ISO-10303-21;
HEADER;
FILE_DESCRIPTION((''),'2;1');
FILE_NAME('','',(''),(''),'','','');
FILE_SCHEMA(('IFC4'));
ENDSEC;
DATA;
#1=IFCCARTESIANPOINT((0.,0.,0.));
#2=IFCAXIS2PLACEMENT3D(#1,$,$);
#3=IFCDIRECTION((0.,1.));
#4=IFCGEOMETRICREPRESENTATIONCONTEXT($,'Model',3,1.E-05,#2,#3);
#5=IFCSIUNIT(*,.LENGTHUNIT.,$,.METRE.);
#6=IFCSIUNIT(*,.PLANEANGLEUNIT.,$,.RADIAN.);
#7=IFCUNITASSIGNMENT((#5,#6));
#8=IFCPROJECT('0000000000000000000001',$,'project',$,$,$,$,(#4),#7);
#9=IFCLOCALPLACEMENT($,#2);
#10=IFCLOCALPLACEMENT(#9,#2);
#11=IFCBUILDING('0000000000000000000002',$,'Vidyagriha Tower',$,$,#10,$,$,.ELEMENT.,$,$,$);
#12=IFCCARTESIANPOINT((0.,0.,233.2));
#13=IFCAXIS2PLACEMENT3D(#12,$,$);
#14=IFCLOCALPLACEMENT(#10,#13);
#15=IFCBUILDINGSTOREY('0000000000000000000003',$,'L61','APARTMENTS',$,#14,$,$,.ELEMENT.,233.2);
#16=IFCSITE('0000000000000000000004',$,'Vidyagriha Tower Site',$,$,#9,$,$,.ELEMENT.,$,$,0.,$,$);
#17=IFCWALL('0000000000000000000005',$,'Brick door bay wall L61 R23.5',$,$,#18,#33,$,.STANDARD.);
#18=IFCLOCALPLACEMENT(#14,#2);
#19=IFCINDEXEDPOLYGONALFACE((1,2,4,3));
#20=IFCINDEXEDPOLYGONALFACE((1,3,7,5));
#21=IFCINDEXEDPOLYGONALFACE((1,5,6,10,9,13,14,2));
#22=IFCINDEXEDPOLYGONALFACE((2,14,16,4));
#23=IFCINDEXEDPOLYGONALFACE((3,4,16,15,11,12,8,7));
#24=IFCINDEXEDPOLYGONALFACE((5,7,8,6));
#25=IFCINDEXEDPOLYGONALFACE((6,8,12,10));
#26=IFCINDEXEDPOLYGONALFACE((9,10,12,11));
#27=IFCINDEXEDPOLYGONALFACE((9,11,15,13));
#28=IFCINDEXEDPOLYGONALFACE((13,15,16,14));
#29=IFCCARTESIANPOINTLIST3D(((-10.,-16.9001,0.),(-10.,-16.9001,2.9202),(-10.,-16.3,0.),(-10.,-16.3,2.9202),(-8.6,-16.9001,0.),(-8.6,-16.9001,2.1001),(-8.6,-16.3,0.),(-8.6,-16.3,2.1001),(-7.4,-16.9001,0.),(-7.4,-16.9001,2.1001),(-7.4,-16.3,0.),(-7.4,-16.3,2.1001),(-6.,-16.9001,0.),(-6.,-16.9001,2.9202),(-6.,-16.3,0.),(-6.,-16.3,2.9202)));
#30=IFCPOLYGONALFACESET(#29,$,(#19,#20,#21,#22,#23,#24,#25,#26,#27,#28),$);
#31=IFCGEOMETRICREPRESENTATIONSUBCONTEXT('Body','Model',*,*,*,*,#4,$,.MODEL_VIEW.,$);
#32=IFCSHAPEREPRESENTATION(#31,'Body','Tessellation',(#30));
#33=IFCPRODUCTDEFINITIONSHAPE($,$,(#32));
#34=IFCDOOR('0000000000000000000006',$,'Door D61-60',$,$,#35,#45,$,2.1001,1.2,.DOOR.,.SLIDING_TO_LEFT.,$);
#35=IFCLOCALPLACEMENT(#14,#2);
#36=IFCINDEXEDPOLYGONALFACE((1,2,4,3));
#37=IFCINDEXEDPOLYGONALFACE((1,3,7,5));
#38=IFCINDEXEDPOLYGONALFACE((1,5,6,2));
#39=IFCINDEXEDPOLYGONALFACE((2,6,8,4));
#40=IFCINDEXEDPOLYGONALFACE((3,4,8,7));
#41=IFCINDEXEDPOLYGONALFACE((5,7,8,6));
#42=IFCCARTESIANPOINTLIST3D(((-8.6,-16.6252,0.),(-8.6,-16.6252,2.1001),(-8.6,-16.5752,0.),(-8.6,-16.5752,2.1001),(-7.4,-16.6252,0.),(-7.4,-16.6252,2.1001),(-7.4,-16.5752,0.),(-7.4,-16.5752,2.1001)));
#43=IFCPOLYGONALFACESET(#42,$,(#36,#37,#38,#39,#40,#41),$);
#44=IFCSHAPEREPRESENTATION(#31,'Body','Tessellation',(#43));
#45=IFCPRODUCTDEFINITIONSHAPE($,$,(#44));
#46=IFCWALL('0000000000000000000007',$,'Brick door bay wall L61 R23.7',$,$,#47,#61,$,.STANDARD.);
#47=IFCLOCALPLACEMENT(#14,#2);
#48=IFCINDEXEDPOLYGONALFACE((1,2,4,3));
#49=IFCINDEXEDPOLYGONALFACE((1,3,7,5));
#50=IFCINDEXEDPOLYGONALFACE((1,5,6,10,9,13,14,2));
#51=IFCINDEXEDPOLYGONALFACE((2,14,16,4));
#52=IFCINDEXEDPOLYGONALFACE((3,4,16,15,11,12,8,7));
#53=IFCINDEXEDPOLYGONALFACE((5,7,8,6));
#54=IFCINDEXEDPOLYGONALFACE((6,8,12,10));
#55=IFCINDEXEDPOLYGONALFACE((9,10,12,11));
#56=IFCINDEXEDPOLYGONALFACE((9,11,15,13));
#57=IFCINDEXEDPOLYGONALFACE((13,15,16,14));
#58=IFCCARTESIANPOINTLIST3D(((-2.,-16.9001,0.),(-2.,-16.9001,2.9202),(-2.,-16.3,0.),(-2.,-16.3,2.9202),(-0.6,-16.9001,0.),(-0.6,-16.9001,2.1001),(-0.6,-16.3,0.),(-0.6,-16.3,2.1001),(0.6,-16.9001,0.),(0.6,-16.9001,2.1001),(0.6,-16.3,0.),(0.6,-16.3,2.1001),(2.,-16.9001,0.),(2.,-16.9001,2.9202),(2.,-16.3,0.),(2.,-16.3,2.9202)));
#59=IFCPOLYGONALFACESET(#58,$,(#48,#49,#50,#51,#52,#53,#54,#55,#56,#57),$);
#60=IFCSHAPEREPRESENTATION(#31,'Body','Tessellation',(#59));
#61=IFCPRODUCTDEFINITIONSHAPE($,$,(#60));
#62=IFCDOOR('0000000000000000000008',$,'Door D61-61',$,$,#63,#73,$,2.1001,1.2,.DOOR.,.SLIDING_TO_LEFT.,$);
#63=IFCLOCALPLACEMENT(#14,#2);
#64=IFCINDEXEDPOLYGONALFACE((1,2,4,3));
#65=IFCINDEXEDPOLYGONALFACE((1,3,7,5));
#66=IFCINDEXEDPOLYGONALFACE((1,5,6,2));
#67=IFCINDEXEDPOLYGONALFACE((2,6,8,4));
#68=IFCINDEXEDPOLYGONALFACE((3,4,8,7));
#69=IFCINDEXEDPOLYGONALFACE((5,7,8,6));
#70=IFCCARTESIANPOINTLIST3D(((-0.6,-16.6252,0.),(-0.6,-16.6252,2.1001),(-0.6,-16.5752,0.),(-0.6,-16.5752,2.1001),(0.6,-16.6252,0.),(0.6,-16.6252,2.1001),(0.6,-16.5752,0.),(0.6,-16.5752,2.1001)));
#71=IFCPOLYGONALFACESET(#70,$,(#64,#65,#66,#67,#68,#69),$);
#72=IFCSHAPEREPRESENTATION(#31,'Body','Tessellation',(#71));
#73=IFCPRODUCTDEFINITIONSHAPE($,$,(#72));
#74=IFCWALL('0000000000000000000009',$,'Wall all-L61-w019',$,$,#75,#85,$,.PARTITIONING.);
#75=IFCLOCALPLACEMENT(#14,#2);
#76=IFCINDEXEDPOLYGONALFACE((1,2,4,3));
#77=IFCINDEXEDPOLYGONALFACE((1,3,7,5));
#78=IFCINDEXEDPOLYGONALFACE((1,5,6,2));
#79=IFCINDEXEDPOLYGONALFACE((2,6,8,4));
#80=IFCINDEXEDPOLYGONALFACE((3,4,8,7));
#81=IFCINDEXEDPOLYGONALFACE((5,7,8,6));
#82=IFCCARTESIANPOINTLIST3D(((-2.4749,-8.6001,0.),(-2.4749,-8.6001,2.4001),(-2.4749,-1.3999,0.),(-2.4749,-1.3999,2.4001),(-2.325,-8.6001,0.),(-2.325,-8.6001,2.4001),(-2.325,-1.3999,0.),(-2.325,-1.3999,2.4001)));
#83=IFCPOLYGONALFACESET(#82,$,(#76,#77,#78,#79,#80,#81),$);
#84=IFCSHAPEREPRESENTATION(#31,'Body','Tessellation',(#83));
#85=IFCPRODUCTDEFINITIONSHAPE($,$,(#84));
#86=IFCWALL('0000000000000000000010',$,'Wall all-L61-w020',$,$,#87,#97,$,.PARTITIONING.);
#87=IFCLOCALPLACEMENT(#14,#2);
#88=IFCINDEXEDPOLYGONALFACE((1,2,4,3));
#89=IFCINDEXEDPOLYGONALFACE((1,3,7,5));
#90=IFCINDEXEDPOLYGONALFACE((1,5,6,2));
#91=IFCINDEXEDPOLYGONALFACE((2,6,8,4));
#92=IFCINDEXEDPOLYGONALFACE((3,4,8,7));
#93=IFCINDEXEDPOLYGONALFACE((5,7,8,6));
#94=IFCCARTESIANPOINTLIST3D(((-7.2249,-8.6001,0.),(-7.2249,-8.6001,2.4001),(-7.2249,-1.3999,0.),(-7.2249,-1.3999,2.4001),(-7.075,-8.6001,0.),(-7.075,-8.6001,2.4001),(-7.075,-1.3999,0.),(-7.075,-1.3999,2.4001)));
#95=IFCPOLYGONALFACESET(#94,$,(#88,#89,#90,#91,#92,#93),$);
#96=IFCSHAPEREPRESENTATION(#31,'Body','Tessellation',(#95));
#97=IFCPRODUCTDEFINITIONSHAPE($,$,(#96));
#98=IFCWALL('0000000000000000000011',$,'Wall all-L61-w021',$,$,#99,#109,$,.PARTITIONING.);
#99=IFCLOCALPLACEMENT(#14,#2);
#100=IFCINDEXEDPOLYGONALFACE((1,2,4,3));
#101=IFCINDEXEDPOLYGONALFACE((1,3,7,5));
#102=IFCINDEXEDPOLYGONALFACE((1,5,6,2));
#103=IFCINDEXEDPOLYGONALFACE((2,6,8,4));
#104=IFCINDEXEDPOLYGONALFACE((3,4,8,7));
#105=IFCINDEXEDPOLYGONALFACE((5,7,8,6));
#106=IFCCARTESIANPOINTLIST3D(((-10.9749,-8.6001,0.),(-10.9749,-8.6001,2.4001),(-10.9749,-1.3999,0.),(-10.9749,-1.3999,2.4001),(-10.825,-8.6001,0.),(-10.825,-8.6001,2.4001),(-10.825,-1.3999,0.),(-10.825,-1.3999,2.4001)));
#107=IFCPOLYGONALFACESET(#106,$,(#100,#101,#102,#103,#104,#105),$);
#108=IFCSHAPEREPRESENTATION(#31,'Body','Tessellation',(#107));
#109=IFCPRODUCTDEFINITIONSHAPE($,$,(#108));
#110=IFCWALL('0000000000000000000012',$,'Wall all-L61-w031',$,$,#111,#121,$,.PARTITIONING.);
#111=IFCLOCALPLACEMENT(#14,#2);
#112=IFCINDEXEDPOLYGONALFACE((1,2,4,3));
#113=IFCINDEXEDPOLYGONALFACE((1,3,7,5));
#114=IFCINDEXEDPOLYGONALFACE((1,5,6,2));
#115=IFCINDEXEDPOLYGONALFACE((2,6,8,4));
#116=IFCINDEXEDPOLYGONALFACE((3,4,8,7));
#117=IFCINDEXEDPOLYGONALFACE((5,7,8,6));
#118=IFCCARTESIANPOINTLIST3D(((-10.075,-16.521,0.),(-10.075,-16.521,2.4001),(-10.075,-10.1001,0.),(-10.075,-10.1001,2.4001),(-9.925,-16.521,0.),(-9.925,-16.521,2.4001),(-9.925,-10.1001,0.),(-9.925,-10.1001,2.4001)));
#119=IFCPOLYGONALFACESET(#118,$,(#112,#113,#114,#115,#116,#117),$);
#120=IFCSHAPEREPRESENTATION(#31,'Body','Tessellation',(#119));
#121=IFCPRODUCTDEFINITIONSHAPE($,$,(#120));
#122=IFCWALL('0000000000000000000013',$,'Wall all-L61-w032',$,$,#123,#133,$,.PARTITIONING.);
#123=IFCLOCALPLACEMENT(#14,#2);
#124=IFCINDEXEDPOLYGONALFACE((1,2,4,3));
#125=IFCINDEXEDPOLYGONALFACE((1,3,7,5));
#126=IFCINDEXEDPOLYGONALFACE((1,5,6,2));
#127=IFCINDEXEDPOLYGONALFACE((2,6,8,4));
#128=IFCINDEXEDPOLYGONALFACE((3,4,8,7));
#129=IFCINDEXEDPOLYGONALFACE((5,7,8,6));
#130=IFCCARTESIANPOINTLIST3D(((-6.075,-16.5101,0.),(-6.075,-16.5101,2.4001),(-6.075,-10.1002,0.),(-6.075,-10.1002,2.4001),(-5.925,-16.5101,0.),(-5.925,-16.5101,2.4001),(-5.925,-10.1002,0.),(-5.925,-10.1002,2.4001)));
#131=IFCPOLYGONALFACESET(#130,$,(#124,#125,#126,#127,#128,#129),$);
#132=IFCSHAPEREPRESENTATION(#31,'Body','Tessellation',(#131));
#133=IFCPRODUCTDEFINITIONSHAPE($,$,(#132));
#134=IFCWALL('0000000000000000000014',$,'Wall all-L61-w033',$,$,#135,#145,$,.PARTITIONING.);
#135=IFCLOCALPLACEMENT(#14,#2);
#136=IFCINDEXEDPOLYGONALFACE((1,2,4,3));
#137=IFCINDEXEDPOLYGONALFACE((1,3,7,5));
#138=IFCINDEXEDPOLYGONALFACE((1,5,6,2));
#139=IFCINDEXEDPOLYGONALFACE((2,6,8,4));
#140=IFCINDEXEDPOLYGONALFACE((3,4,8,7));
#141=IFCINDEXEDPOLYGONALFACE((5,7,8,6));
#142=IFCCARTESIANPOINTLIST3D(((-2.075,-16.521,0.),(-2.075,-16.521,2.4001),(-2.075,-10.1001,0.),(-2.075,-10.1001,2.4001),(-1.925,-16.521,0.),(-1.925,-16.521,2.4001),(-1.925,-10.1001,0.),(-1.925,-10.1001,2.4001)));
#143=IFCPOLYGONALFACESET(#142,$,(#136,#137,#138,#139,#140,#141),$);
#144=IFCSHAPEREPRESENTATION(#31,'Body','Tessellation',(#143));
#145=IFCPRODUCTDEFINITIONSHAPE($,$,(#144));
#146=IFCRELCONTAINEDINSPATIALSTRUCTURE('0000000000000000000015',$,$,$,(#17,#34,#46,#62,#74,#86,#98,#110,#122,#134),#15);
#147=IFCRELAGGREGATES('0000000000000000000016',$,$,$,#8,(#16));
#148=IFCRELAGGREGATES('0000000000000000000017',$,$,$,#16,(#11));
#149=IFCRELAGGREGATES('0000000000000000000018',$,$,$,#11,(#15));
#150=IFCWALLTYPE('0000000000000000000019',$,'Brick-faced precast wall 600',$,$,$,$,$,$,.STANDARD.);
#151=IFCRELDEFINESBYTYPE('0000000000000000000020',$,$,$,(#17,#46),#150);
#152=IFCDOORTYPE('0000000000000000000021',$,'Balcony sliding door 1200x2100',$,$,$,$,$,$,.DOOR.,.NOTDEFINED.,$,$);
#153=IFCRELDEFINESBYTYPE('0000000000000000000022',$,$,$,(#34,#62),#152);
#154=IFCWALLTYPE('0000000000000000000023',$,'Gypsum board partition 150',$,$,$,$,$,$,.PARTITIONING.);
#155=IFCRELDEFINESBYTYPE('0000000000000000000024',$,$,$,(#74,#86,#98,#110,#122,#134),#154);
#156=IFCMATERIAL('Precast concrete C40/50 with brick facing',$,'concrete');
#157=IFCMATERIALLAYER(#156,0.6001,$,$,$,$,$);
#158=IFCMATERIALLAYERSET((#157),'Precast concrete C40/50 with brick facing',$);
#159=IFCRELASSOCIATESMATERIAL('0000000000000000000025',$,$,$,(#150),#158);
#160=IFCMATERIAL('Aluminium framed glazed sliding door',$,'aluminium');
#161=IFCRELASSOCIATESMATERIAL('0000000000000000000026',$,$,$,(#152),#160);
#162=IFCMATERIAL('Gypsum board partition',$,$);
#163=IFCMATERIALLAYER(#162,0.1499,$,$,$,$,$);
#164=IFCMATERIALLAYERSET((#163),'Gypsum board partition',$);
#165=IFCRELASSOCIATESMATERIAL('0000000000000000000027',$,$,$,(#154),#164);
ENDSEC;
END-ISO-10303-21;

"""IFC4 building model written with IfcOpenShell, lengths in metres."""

from ifc_helpers import new_model, si_unit, direction, frame, frame_2d, origin, place, context, subcontext, project, spatial, rectangle, extrude, material, layer, layer_set, type_object, element, fill, save


model = new_model("IFC4")

# Units and contexts
model_context = context("Model", 3, precision=1e-05, world=origin(), true_north=direction((0.0, 1.0)))
body_context = subcontext(model_context, "Body", "Model", "MODEL_VIEW")
ifc_project = project(units=[si_unit("LENGTHUNIT", "METRE"), si_unit("PLANEANGLEUNIT", "RADIAN")], contexts=[model_context])

# Site, building, storey
site_placement = place(None, origin())
site = spatial("IfcSite", under=ifc_project, at=site_placement, Name="Vidyagriha Tower Site", CompositionType="ELEMENT", RefElevation=0.0)
building_placement = place(site_placement, origin())
building = spatial("IfcBuilding", under=site, at=building_placement, Name="Vidyagriha Tower", CompositionType="ELEMENT")
storey_placement = place(building_placement, frame((0.0, 0.0, 233.2)))
storey = spatial("IfcBuildingStorey", under=building, at=storey_placement, Name="L61", Description="APARTMENTS", CompositionType="ELEMENT", Elevation=233.2)

# Walls, openings, doors
ifc_material_1 = material(Name="Precast concrete C40/50 with brick facing", Category="concrete")
ifc_layer_1 = layer(ifc_material_1, 0.6001)
ifc_layer_set_1 = layer_set([ifc_layer_1], Name="Precast concrete C40/50 with brick facing")
wall_type_1 = type_object("IfcWallType", Name="Brick-faced precast wall 600", PredefinedType="STANDARD", material=ifc_layer_set_1)
wall_1_placement = place(storey_placement, frame((-10.0, -16.6001, 0.0)))
wall_1 = element("IfcWall", 1, at=wall_1_placement, inside=storey, type_object=wall_type_1, Name="Brick door bay wall L61 R23.5", PredefinedType="STANDARD", context=body_context, shape_type="SweptSolid", body=[
    extrude(rectangle(XDim=4.0, YDim=0.6001, at=frame_2d((2.0, 0.0))), origin(), (0.0, 0.0, 1.0), 2.9202),
])
opening_1_placement = place(wall_1_placement, frame((1.3999, 0.0, 0.0)))
opening_1 = element("IfcOpeningElement", 2, at=opening_1_placement, cuts=wall_1, PredefinedType="OPENING", context=body_context, shape_type="SweptSolid", body=[
    extrude(rectangle(XDim=1.2, YDim=2.1001, at=frame_2d((0.6001, 1.05))), frame((0.0, 0.3101, 0.0), z_axis=(0.0, -1.0, 0.0), x_axis=(1.0, 0.0, 0.0)), (0.0, 0.0, 1.0), 0.6201),
])
ifc_material_2 = material(Name="Aluminium framed glazed sliding door", Category="aluminium")
door_type = type_object("IfcDoorType", Name="Balcony sliding door 1200x2100", OperationType="NOTDEFINED", PredefinedType="DOOR", material=ifc_material_2)
door_1_placement = place(opening_1_placement, origin())
door_1 = element("IfcDoor", 3, at=door_1_placement, inside=storey, type_object=door_type, Name="Door D61-60", OperationType="SLIDING_TO_LEFT", OverallHeight=2.1001, OverallWidth=1.2, PredefinedType="DOOR", context=body_context, shape_type="SweptSolid", body=[
    extrude(rectangle(XDim=1.2, YDim=2.1001, at=frame_2d((0.6001, 1.05))), frame((0.0, 0.0249, 0.0), z_axis=(0.0, -1.0, 0.0), x_axis=(1.0, 0.0, 0.0)), (0.0, 0.0, 1.0), 0.05),
])
fill(opening_1, door_1)
wall_2_placement = place(storey_placement, frame((-2.0, -16.6001, 0.0)))
wall_2 = element("IfcWall", 4, at=wall_2_placement, inside=storey, type_object=wall_type_1, Name="Brick door bay wall L61 R23.7", PredefinedType="STANDARD", context=body_context, shape_type="SweptSolid", body=[
    extrude(rectangle(XDim=4.0, YDim=0.6001, at=frame_2d((2.0, 0.0))), origin(), (0.0, 0.0, 1.0), 2.9202),
])
opening_2_placement = place(wall_2_placement, frame((1.3999, 0.0, 0.0)))
opening_2 = element("IfcOpeningElement", 5, at=opening_2_placement, cuts=wall_2, PredefinedType="OPENING", context=body_context, shape_type="SweptSolid", body=[
    extrude(rectangle(XDim=1.2, YDim=2.1001, at=frame_2d((0.6001, 1.05))), frame((0.0, 0.3101, 0.0), z_axis=(0.0, -1.0, 0.0), x_axis=(1.0, 0.0, 0.0)), (0.0, 0.0, 1.0), 0.6201),
])
door_2_placement = place(opening_2_placement, origin())
door_2 = element("IfcDoor", 6, at=door_2_placement, inside=storey, type_object=door_type, Name="Door D61-61", OperationType="SLIDING_TO_LEFT", OverallHeight=2.1001, OverallWidth=1.2, PredefinedType="DOOR", context=body_context, shape_type="SweptSolid", body=[
    extrude(rectangle(XDim=1.2, YDim=2.1001, at=frame_2d((0.6001, 1.05))), frame((0.0, 0.0249, 0.0), z_axis=(0.0, -1.0, 0.0), x_axis=(1.0, 0.0, 0.0)), (0.0, 0.0, 1.0), 0.05),
])
fill(opening_2, door_2)

# Walls
ifc_material_3 = material(Name="Gypsum board partition")
ifc_layer_2 = layer(ifc_material_3, 0.1499)
ifc_layer_set_2 = layer_set([ifc_layer_2], Name="Gypsum board partition")
wall_type_2 = type_object("IfcWallType", Name="Gypsum board partition 150", PredefinedType="PARTITIONING", material=ifc_layer_set_2)
for number, where, z_axis, x_axis, name in (
    (7, (-2.3999, -8.6001, 0.0), (0.0, 0.0, 1.0), (0.0, 1.0, 0.0), "Wall all-L61-w019"),
    (8, (-7.1499, -8.6001, 0.0), (0.0, 0.0, 1.0), (0.0, 1.0, 0.0), "Wall all-L61-w020"),
    (9, (-10.8999, -8.6001, 0.0), (0.0, 0.0, 1.0), (0.0, 1.0, 0.0), "Wall all-L61-w021"),
):
    element("IfcWall", number, at=place(storey_placement, frame(where, z_axis=z_axis, x_axis=x_axis)), inside=storey, type_object=wall_type_2, Name=name, PredefinedType="PARTITIONING", context=body_context, shape_type="SweptSolid", body=[
        extrude(rectangle(XDim=7.2002, YDim=0.1499, at=frame_2d((3.6001, 0.0))), origin(), (0.0, 0.0, 1.0), 2.4001),
    ])
wall_3_placement = place(storey_placement, frame((-10.0, -10.1001, 0.0), z_axis=(0.0, 0.0, 1.0), x_axis=(0.0, -1.0, 0.0)))
element("IfcWall", 10, at=wall_3_placement, inside=storey, type_object=wall_type_2, Name="Wall all-L61-w031", PredefinedType="PARTITIONING", context=body_context, shape_type="SweptSolid", body=[
    extrude(rectangle(XDim=6.4209, YDim=0.1499, at=frame_2d((3.2104, 0.0))), origin(), (0.0, 0.0, 1.0), 2.4001),
])
wall_4_placement = place(storey_placement, frame((-6.0, -10.1001, 0.0), z_axis=(0.0, 0.0, 1.0), x_axis=(0.0, -1.0, 0.0)))
element("IfcWall", 11, at=wall_4_placement, inside=storey, type_object=wall_type_2, Name="Wall all-L61-w032", PredefinedType="PARTITIONING", context=body_context, shape_type="SweptSolid", body=[
    extrude(rectangle(XDim=6.4099, YDim=0.1499, at=frame_2d((3.2051, 0.0))), origin(), (0.0, 0.0, 1.0), 2.4001),
])
wall_5_placement = place(storey_placement, frame((-2.0, -10.1001, 0.0), z_axis=(0.0, 0.0, 1.0), x_axis=(0.0, -1.0, 0.0)))
element("IfcWall", 12, at=wall_5_placement, inside=storey, type_object=wall_type_2, Name="Wall all-L61-w033", PredefinedType="PARTITIONING", context=body_context, shape_type="SweptSolid", body=[
    extrude(rectangle(XDim=6.4209, YDim=0.1499, at=frame_2d((3.2104, 0.0))), origin(), (0.0, 0.0, 1.0), 2.4001),
])

save(model, "model.ifc")
